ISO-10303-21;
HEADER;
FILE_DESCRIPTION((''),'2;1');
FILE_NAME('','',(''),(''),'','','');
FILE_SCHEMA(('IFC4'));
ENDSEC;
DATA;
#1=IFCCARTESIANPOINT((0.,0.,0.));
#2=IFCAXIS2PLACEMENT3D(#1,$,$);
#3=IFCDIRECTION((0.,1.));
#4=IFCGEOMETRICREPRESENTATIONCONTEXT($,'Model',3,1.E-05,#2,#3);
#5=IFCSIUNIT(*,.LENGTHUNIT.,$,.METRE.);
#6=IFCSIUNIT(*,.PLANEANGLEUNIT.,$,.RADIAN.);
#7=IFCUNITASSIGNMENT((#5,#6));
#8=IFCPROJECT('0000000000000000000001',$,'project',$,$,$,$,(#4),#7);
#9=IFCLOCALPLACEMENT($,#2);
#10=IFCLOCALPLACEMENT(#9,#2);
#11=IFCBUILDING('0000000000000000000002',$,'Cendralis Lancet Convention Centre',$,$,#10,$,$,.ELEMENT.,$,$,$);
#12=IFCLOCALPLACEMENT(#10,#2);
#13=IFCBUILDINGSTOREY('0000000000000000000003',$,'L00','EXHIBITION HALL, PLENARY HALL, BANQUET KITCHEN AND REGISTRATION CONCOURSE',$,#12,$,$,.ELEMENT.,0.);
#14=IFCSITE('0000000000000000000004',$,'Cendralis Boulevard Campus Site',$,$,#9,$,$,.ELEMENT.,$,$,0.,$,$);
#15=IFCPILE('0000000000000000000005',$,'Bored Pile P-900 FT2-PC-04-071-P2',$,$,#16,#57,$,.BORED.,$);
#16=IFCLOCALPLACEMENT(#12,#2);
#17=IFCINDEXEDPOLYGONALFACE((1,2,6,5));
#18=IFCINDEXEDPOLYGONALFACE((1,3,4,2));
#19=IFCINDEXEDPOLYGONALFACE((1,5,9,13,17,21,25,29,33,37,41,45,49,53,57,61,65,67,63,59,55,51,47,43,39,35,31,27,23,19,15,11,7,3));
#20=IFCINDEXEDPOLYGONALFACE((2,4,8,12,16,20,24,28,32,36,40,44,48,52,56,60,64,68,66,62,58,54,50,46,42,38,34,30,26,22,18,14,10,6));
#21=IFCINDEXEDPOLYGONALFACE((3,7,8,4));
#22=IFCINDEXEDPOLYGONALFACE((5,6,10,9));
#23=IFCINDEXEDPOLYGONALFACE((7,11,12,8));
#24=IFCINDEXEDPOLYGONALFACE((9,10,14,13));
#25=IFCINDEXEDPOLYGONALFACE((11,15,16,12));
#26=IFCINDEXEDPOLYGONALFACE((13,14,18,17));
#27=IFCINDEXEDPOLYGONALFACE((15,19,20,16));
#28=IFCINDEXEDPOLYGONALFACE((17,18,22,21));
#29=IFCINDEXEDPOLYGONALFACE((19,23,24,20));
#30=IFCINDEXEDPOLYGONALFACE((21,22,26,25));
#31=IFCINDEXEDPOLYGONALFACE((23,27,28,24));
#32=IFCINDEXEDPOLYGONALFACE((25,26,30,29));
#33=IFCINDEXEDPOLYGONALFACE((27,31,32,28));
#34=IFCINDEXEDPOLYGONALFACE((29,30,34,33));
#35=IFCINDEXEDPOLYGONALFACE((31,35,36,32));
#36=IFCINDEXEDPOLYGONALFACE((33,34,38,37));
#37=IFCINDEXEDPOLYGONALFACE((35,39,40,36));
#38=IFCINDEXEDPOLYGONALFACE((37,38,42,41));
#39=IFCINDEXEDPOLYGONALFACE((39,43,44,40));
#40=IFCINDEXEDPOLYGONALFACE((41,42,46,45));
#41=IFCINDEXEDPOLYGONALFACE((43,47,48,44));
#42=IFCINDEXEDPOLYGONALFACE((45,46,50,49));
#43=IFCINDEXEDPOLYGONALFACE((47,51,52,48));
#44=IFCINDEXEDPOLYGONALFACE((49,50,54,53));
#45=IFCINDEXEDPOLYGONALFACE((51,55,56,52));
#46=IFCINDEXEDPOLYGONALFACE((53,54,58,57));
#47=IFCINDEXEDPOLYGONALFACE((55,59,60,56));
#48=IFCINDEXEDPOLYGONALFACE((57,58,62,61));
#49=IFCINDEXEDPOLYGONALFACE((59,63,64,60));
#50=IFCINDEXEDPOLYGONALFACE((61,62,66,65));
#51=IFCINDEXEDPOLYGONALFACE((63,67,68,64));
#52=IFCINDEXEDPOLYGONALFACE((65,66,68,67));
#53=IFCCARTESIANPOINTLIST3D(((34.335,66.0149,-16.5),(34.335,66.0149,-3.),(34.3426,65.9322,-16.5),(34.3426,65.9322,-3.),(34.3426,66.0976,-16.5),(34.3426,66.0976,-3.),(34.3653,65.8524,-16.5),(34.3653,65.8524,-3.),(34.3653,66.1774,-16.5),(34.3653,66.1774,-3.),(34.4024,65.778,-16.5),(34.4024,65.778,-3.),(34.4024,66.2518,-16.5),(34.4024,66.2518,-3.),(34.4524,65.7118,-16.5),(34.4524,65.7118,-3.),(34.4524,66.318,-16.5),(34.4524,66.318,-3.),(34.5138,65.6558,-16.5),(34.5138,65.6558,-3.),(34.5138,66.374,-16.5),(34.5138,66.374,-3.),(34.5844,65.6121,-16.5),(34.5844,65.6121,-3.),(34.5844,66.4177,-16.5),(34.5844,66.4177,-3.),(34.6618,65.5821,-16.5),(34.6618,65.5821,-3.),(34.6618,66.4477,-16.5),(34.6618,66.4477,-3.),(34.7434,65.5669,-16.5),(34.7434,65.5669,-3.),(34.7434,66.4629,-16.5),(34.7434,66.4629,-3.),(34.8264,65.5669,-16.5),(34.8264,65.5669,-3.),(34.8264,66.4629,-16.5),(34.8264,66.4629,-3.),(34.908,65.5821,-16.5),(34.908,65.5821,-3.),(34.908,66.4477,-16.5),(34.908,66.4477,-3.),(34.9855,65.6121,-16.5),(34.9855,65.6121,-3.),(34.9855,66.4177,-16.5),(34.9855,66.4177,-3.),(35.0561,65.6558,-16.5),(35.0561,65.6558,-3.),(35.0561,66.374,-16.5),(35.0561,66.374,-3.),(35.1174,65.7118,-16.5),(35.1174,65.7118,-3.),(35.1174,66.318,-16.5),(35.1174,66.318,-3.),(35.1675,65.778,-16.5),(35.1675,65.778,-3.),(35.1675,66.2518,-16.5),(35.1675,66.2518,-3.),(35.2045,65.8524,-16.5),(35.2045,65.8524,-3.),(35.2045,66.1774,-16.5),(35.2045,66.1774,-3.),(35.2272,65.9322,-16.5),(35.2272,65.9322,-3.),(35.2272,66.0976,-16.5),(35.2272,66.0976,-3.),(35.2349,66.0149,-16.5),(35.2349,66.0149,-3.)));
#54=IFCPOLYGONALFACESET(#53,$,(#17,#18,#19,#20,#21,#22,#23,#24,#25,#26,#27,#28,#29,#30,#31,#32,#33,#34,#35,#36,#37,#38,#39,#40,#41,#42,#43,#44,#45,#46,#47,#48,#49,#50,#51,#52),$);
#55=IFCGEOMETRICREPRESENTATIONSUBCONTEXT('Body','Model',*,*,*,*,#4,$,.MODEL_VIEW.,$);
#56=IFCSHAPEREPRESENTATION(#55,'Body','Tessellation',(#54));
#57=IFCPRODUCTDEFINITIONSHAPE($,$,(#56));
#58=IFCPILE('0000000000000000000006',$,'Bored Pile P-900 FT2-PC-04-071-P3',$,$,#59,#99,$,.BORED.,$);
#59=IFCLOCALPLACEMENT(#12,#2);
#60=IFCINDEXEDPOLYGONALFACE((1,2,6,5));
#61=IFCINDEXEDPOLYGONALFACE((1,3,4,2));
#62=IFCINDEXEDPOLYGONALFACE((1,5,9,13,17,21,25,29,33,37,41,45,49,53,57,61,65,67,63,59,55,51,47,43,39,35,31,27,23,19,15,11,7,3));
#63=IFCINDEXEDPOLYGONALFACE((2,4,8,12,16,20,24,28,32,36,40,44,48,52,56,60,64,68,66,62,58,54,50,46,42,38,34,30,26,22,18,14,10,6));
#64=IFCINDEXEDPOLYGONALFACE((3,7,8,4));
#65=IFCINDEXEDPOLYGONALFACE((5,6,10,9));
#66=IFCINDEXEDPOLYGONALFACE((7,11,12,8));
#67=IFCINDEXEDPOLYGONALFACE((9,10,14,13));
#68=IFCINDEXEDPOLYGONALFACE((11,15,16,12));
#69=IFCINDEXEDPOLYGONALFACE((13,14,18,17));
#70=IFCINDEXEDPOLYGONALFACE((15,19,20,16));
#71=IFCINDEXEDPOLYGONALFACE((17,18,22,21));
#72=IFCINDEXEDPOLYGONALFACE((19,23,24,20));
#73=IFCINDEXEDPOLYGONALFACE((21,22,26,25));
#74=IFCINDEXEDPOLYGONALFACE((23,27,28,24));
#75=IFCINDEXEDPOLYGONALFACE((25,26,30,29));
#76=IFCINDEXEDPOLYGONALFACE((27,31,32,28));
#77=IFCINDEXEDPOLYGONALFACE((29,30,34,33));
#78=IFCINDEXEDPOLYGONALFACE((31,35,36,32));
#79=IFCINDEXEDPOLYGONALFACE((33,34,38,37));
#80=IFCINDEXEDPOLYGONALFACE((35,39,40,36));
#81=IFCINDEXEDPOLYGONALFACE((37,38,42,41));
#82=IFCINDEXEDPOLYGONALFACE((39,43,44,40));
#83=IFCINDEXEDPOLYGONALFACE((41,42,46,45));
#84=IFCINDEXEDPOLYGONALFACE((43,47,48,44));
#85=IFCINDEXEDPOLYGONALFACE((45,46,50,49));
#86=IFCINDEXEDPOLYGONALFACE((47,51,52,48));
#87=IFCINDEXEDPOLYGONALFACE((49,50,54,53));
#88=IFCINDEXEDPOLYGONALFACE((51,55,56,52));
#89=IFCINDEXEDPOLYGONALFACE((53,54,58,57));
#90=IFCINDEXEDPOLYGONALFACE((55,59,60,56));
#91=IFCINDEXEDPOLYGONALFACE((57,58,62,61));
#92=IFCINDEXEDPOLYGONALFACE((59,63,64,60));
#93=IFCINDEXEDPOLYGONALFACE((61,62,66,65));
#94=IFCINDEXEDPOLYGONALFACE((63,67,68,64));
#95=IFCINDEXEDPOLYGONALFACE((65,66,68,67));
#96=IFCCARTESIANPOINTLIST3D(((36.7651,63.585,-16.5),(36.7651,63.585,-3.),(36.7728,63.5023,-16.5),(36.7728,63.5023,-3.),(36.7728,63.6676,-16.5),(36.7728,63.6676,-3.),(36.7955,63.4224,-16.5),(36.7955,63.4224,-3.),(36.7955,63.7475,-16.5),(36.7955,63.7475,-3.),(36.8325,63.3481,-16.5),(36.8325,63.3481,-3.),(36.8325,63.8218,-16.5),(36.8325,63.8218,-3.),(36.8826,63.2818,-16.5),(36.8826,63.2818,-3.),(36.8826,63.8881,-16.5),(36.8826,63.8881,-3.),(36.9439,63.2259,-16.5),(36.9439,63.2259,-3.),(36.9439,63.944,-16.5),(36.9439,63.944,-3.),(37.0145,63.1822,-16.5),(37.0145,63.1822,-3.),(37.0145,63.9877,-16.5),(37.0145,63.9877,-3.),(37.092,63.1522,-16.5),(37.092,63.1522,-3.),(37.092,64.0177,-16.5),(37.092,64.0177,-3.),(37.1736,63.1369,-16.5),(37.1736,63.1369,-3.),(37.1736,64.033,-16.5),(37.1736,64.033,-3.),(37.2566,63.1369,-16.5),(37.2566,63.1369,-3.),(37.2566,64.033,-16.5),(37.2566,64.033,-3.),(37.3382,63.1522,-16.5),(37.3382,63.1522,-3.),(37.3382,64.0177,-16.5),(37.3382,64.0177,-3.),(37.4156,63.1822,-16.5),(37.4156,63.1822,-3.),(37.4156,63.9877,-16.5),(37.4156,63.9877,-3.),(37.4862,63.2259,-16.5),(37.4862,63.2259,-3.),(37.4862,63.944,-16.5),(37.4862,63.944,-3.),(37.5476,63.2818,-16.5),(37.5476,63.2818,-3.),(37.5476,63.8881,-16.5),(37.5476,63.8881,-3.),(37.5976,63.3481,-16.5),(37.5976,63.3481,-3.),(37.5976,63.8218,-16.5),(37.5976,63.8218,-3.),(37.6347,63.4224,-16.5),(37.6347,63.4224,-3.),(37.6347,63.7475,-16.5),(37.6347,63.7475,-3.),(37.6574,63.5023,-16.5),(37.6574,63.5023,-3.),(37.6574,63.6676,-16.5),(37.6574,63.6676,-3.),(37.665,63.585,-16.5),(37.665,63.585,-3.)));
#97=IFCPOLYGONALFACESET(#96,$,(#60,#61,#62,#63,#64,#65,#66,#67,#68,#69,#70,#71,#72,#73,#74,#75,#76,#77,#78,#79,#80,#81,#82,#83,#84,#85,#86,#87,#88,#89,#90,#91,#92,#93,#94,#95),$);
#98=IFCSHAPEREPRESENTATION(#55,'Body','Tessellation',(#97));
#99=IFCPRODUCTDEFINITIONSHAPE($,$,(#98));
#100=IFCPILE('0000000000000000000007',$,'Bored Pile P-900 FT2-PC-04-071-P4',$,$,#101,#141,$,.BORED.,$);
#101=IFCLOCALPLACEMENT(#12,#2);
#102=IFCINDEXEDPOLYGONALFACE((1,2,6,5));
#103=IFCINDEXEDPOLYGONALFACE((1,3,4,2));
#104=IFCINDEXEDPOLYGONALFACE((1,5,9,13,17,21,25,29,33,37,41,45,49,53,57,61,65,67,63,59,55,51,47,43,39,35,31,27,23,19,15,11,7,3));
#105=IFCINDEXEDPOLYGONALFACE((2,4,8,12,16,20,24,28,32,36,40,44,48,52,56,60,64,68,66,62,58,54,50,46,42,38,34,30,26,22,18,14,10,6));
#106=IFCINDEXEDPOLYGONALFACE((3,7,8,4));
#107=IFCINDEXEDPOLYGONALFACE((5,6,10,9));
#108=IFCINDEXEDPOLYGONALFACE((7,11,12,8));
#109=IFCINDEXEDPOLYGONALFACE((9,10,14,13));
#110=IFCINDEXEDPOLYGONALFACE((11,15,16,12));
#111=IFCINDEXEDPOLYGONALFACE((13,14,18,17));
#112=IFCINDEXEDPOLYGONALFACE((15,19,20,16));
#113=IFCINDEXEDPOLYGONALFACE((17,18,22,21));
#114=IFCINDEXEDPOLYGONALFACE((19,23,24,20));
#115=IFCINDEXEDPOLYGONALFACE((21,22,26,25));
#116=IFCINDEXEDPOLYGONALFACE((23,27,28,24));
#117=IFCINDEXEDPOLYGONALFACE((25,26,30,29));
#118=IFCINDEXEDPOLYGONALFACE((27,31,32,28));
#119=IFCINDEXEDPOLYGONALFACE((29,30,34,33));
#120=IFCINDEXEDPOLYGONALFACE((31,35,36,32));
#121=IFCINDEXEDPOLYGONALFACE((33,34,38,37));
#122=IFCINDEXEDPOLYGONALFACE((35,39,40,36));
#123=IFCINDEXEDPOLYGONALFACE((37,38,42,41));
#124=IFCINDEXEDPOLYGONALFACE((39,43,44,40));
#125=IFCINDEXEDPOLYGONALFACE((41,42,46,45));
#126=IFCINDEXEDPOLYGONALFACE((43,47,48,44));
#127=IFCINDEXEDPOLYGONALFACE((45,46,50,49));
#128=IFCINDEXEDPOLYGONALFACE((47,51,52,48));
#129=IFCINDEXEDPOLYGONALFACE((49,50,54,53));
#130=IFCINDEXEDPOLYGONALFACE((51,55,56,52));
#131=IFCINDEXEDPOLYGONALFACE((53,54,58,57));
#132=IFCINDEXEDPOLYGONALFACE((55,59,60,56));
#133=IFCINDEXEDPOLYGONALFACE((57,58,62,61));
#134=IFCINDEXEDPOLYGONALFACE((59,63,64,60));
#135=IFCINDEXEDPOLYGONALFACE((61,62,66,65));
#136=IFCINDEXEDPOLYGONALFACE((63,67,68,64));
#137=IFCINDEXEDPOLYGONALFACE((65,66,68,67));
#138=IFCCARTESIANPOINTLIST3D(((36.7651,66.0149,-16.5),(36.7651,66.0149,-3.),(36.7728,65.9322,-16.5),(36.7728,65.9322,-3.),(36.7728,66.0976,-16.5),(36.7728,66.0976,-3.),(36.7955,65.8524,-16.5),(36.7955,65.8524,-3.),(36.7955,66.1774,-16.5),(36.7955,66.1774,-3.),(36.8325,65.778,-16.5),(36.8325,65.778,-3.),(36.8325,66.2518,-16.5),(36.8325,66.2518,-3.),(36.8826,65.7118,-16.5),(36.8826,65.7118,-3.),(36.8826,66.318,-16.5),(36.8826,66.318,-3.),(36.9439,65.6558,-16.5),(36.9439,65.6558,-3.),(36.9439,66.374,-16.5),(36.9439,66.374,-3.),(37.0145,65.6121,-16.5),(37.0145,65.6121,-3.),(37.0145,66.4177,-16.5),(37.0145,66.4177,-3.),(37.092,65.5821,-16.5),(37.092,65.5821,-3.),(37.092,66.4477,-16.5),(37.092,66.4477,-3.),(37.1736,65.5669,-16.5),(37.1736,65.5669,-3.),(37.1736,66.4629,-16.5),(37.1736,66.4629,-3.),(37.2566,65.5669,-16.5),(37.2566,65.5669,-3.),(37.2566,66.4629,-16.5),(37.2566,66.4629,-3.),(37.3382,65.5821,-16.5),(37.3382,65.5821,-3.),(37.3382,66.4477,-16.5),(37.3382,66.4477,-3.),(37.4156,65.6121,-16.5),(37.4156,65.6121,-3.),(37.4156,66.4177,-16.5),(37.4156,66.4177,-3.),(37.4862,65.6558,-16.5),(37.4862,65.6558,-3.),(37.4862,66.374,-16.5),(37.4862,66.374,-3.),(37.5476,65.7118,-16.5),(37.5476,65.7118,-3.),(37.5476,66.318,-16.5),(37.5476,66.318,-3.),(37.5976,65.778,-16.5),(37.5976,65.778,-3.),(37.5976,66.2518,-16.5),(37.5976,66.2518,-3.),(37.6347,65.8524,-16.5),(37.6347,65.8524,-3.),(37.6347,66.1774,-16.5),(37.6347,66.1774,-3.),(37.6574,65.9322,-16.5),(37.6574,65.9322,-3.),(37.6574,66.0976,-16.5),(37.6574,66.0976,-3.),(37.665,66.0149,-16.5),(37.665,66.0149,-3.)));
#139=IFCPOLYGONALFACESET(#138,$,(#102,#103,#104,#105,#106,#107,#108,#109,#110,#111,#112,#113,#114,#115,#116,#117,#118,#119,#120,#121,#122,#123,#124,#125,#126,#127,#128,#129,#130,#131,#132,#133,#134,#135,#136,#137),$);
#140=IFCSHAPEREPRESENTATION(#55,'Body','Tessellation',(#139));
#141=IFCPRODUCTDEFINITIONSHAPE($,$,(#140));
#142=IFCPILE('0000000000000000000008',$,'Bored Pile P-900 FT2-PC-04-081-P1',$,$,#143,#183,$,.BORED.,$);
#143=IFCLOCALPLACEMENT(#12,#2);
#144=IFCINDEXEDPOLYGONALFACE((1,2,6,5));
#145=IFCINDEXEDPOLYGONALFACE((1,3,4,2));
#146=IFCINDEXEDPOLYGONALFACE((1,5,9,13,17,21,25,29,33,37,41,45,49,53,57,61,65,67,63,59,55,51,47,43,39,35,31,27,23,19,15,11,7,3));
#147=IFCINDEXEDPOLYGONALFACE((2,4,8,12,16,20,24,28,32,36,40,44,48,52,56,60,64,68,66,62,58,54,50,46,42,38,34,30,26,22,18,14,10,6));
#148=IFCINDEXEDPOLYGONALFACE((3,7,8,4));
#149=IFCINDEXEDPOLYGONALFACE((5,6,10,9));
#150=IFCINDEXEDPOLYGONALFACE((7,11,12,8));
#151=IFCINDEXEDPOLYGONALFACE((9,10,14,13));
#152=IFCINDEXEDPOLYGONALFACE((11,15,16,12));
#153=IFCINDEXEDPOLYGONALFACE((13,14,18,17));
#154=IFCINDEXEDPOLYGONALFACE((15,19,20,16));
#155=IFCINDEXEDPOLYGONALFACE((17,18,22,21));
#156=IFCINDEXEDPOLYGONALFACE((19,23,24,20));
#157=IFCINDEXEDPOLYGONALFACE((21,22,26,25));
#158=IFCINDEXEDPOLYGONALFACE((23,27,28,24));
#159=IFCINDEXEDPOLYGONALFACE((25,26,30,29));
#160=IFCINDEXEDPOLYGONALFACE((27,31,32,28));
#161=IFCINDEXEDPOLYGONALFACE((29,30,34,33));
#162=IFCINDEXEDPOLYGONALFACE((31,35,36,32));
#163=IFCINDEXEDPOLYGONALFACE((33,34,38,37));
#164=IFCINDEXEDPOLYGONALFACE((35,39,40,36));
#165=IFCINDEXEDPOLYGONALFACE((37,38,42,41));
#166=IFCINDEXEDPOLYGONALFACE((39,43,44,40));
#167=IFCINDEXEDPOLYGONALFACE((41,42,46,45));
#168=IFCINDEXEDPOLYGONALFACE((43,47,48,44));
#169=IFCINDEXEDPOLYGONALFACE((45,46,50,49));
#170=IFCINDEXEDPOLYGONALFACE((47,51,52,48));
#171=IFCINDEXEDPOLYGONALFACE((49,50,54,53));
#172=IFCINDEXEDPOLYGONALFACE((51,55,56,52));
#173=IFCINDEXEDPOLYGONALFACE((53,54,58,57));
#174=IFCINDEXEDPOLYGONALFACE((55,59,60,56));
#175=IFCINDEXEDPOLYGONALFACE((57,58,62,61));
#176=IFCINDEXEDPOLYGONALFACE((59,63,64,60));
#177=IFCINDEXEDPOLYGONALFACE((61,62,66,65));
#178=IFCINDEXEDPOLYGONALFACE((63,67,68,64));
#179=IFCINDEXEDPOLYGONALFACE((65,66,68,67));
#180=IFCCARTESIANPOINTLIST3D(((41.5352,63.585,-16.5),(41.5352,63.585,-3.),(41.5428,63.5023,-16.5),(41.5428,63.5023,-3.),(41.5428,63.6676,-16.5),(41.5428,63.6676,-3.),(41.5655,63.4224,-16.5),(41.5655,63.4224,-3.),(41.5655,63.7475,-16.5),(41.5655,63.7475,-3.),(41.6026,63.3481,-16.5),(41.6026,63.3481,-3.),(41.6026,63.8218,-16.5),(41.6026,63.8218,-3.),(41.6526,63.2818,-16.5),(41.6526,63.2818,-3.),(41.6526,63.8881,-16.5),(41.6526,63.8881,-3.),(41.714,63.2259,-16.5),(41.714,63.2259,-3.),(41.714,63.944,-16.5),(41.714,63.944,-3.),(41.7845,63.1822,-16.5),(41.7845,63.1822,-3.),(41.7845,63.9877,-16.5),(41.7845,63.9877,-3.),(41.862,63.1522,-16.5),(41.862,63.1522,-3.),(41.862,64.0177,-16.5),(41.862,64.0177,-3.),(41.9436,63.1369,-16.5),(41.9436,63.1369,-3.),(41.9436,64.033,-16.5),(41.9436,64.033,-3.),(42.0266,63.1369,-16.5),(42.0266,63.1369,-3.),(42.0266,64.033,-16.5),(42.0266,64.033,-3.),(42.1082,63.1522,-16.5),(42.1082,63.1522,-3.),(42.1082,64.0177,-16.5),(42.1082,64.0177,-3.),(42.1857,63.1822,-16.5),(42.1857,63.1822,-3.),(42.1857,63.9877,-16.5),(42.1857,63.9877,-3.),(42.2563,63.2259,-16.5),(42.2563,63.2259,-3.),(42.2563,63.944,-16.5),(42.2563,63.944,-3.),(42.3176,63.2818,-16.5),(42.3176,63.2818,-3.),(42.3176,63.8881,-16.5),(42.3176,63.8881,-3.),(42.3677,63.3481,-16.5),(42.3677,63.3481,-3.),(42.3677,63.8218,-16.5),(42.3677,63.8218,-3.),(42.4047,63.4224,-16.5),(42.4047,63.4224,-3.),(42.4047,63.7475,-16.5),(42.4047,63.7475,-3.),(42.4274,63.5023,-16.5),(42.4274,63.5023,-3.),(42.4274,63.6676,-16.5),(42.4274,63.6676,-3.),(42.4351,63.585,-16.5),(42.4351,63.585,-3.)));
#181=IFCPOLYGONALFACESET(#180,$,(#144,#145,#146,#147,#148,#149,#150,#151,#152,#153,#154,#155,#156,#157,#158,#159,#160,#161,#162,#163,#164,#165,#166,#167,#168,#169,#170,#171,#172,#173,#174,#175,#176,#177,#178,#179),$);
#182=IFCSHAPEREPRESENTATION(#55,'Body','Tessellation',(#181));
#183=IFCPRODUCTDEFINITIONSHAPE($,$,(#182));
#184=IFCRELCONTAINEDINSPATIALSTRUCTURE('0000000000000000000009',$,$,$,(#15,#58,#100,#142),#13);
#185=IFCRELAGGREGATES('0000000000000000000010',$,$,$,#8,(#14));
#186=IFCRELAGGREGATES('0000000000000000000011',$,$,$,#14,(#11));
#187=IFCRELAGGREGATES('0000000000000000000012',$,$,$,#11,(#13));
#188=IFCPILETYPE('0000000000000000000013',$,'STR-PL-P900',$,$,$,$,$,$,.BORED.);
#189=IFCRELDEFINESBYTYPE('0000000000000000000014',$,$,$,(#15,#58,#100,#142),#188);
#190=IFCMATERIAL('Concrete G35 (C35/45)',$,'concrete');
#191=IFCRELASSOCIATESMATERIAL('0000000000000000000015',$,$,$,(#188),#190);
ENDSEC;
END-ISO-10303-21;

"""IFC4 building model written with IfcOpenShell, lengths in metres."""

from ifc_helpers import new_model, si_unit, direction, frame, origin, origin_2d, place, context, subcontext, project, spatial, circle, extrude, material, material_profile, profile_set, type_object, element, save


model = new_model("IFC4")

# Units and contexts
model_context = context("Model", 3, precision=1e-05, world=origin(), true_north=direction((0.0, 1.0)))
body_context = subcontext(model_context, "Body", "Model", "MODEL_VIEW")
ifc_project = project(units=[si_unit("LENGTHUNIT", "METRE"), si_unit("PLANEANGLEUNIT", "RADIAN")], contexts=[model_context])

# Site, building, storey
site_placement = place(None, origin())
site = spatial("IfcSite", under=ifc_project, at=site_placement, Name="Cendralis Boulevard Campus Site", CompositionType="ELEMENT", RefElevation=0.0)
building_placement = place(site_placement, origin())
building = spatial("IfcBuilding", under=site, at=building_placement, Name="Cendralis Lancet Convention Centre", CompositionType="ELEMENT")
storey_placement = place(building_placement, origin())
storey = spatial("IfcBuildingStorey", under=building, at=storey_placement, Name="L00", Description="EXHIBITION HALL, PLENARY HALL, BANQUET KITCHEN AND REGISTRATION CONCOURSE", CompositionType="ELEMENT", Elevation=0.0)

# Shared definitions
ifc_material_1 = material(Name="Concrete G35 (C35/45)", Category="concrete")

# Piles
ifc_material_profile_1 = material_profile(ifc_material_1, circle(Radius=0.45, at=origin_2d()), Name="BORED PILE D900")
ifc_profile_set_1 = profile_set([ifc_material_profile_1], Name="Concrete G35 (C35/45)")
pile_type_1 = type_object("IfcPileType", Name="STR-PL-P900", PredefinedType="BORED", material=ifc_profile_set_1)
for number, where, z_axis, x_axis, name in (
    (1, (34.7849, 66.0149, -3.0), (0.0, 0.0, -1.0), (1.0, 0.0, 0.0), "Bored Pile P-900 FT2-PC-04-071-P2"),
    (2, (37.2151, 63.585, -3.0), (0.0, 0.0, -1.0), (1.0, 0.0, 0.0), "Bored Pile P-900 FT2-PC-04-071-P3"),
    (3, (37.2151, 66.0149, -3.0), (0.0, 0.0, -1.0), (1.0, 0.0, 0.0), "Bored Pile P-900 FT2-PC-04-071-P4"),
    (4, (41.9851, 63.585, -3.0), (0.0, 0.0, -1.0), (1.0, 0.0, 0.0), "Bored Pile P-900 FT2-PC-04-081-P1"),
):
    element("IfcPile", number, at=place(storey_placement, frame(where, z_axis=z_axis, x_axis=x_axis)), inside=storey, type_object=pile_type_1, Name=name, PredefinedType="BORED", context=body_context, shape_type="SweptSolid", body=[
        extrude(circle(Radius=0.45, at=origin_2d()), origin(), (0.0, 0.0, 1.0), 13.5),
    ])

save(model, "model.ifc")
